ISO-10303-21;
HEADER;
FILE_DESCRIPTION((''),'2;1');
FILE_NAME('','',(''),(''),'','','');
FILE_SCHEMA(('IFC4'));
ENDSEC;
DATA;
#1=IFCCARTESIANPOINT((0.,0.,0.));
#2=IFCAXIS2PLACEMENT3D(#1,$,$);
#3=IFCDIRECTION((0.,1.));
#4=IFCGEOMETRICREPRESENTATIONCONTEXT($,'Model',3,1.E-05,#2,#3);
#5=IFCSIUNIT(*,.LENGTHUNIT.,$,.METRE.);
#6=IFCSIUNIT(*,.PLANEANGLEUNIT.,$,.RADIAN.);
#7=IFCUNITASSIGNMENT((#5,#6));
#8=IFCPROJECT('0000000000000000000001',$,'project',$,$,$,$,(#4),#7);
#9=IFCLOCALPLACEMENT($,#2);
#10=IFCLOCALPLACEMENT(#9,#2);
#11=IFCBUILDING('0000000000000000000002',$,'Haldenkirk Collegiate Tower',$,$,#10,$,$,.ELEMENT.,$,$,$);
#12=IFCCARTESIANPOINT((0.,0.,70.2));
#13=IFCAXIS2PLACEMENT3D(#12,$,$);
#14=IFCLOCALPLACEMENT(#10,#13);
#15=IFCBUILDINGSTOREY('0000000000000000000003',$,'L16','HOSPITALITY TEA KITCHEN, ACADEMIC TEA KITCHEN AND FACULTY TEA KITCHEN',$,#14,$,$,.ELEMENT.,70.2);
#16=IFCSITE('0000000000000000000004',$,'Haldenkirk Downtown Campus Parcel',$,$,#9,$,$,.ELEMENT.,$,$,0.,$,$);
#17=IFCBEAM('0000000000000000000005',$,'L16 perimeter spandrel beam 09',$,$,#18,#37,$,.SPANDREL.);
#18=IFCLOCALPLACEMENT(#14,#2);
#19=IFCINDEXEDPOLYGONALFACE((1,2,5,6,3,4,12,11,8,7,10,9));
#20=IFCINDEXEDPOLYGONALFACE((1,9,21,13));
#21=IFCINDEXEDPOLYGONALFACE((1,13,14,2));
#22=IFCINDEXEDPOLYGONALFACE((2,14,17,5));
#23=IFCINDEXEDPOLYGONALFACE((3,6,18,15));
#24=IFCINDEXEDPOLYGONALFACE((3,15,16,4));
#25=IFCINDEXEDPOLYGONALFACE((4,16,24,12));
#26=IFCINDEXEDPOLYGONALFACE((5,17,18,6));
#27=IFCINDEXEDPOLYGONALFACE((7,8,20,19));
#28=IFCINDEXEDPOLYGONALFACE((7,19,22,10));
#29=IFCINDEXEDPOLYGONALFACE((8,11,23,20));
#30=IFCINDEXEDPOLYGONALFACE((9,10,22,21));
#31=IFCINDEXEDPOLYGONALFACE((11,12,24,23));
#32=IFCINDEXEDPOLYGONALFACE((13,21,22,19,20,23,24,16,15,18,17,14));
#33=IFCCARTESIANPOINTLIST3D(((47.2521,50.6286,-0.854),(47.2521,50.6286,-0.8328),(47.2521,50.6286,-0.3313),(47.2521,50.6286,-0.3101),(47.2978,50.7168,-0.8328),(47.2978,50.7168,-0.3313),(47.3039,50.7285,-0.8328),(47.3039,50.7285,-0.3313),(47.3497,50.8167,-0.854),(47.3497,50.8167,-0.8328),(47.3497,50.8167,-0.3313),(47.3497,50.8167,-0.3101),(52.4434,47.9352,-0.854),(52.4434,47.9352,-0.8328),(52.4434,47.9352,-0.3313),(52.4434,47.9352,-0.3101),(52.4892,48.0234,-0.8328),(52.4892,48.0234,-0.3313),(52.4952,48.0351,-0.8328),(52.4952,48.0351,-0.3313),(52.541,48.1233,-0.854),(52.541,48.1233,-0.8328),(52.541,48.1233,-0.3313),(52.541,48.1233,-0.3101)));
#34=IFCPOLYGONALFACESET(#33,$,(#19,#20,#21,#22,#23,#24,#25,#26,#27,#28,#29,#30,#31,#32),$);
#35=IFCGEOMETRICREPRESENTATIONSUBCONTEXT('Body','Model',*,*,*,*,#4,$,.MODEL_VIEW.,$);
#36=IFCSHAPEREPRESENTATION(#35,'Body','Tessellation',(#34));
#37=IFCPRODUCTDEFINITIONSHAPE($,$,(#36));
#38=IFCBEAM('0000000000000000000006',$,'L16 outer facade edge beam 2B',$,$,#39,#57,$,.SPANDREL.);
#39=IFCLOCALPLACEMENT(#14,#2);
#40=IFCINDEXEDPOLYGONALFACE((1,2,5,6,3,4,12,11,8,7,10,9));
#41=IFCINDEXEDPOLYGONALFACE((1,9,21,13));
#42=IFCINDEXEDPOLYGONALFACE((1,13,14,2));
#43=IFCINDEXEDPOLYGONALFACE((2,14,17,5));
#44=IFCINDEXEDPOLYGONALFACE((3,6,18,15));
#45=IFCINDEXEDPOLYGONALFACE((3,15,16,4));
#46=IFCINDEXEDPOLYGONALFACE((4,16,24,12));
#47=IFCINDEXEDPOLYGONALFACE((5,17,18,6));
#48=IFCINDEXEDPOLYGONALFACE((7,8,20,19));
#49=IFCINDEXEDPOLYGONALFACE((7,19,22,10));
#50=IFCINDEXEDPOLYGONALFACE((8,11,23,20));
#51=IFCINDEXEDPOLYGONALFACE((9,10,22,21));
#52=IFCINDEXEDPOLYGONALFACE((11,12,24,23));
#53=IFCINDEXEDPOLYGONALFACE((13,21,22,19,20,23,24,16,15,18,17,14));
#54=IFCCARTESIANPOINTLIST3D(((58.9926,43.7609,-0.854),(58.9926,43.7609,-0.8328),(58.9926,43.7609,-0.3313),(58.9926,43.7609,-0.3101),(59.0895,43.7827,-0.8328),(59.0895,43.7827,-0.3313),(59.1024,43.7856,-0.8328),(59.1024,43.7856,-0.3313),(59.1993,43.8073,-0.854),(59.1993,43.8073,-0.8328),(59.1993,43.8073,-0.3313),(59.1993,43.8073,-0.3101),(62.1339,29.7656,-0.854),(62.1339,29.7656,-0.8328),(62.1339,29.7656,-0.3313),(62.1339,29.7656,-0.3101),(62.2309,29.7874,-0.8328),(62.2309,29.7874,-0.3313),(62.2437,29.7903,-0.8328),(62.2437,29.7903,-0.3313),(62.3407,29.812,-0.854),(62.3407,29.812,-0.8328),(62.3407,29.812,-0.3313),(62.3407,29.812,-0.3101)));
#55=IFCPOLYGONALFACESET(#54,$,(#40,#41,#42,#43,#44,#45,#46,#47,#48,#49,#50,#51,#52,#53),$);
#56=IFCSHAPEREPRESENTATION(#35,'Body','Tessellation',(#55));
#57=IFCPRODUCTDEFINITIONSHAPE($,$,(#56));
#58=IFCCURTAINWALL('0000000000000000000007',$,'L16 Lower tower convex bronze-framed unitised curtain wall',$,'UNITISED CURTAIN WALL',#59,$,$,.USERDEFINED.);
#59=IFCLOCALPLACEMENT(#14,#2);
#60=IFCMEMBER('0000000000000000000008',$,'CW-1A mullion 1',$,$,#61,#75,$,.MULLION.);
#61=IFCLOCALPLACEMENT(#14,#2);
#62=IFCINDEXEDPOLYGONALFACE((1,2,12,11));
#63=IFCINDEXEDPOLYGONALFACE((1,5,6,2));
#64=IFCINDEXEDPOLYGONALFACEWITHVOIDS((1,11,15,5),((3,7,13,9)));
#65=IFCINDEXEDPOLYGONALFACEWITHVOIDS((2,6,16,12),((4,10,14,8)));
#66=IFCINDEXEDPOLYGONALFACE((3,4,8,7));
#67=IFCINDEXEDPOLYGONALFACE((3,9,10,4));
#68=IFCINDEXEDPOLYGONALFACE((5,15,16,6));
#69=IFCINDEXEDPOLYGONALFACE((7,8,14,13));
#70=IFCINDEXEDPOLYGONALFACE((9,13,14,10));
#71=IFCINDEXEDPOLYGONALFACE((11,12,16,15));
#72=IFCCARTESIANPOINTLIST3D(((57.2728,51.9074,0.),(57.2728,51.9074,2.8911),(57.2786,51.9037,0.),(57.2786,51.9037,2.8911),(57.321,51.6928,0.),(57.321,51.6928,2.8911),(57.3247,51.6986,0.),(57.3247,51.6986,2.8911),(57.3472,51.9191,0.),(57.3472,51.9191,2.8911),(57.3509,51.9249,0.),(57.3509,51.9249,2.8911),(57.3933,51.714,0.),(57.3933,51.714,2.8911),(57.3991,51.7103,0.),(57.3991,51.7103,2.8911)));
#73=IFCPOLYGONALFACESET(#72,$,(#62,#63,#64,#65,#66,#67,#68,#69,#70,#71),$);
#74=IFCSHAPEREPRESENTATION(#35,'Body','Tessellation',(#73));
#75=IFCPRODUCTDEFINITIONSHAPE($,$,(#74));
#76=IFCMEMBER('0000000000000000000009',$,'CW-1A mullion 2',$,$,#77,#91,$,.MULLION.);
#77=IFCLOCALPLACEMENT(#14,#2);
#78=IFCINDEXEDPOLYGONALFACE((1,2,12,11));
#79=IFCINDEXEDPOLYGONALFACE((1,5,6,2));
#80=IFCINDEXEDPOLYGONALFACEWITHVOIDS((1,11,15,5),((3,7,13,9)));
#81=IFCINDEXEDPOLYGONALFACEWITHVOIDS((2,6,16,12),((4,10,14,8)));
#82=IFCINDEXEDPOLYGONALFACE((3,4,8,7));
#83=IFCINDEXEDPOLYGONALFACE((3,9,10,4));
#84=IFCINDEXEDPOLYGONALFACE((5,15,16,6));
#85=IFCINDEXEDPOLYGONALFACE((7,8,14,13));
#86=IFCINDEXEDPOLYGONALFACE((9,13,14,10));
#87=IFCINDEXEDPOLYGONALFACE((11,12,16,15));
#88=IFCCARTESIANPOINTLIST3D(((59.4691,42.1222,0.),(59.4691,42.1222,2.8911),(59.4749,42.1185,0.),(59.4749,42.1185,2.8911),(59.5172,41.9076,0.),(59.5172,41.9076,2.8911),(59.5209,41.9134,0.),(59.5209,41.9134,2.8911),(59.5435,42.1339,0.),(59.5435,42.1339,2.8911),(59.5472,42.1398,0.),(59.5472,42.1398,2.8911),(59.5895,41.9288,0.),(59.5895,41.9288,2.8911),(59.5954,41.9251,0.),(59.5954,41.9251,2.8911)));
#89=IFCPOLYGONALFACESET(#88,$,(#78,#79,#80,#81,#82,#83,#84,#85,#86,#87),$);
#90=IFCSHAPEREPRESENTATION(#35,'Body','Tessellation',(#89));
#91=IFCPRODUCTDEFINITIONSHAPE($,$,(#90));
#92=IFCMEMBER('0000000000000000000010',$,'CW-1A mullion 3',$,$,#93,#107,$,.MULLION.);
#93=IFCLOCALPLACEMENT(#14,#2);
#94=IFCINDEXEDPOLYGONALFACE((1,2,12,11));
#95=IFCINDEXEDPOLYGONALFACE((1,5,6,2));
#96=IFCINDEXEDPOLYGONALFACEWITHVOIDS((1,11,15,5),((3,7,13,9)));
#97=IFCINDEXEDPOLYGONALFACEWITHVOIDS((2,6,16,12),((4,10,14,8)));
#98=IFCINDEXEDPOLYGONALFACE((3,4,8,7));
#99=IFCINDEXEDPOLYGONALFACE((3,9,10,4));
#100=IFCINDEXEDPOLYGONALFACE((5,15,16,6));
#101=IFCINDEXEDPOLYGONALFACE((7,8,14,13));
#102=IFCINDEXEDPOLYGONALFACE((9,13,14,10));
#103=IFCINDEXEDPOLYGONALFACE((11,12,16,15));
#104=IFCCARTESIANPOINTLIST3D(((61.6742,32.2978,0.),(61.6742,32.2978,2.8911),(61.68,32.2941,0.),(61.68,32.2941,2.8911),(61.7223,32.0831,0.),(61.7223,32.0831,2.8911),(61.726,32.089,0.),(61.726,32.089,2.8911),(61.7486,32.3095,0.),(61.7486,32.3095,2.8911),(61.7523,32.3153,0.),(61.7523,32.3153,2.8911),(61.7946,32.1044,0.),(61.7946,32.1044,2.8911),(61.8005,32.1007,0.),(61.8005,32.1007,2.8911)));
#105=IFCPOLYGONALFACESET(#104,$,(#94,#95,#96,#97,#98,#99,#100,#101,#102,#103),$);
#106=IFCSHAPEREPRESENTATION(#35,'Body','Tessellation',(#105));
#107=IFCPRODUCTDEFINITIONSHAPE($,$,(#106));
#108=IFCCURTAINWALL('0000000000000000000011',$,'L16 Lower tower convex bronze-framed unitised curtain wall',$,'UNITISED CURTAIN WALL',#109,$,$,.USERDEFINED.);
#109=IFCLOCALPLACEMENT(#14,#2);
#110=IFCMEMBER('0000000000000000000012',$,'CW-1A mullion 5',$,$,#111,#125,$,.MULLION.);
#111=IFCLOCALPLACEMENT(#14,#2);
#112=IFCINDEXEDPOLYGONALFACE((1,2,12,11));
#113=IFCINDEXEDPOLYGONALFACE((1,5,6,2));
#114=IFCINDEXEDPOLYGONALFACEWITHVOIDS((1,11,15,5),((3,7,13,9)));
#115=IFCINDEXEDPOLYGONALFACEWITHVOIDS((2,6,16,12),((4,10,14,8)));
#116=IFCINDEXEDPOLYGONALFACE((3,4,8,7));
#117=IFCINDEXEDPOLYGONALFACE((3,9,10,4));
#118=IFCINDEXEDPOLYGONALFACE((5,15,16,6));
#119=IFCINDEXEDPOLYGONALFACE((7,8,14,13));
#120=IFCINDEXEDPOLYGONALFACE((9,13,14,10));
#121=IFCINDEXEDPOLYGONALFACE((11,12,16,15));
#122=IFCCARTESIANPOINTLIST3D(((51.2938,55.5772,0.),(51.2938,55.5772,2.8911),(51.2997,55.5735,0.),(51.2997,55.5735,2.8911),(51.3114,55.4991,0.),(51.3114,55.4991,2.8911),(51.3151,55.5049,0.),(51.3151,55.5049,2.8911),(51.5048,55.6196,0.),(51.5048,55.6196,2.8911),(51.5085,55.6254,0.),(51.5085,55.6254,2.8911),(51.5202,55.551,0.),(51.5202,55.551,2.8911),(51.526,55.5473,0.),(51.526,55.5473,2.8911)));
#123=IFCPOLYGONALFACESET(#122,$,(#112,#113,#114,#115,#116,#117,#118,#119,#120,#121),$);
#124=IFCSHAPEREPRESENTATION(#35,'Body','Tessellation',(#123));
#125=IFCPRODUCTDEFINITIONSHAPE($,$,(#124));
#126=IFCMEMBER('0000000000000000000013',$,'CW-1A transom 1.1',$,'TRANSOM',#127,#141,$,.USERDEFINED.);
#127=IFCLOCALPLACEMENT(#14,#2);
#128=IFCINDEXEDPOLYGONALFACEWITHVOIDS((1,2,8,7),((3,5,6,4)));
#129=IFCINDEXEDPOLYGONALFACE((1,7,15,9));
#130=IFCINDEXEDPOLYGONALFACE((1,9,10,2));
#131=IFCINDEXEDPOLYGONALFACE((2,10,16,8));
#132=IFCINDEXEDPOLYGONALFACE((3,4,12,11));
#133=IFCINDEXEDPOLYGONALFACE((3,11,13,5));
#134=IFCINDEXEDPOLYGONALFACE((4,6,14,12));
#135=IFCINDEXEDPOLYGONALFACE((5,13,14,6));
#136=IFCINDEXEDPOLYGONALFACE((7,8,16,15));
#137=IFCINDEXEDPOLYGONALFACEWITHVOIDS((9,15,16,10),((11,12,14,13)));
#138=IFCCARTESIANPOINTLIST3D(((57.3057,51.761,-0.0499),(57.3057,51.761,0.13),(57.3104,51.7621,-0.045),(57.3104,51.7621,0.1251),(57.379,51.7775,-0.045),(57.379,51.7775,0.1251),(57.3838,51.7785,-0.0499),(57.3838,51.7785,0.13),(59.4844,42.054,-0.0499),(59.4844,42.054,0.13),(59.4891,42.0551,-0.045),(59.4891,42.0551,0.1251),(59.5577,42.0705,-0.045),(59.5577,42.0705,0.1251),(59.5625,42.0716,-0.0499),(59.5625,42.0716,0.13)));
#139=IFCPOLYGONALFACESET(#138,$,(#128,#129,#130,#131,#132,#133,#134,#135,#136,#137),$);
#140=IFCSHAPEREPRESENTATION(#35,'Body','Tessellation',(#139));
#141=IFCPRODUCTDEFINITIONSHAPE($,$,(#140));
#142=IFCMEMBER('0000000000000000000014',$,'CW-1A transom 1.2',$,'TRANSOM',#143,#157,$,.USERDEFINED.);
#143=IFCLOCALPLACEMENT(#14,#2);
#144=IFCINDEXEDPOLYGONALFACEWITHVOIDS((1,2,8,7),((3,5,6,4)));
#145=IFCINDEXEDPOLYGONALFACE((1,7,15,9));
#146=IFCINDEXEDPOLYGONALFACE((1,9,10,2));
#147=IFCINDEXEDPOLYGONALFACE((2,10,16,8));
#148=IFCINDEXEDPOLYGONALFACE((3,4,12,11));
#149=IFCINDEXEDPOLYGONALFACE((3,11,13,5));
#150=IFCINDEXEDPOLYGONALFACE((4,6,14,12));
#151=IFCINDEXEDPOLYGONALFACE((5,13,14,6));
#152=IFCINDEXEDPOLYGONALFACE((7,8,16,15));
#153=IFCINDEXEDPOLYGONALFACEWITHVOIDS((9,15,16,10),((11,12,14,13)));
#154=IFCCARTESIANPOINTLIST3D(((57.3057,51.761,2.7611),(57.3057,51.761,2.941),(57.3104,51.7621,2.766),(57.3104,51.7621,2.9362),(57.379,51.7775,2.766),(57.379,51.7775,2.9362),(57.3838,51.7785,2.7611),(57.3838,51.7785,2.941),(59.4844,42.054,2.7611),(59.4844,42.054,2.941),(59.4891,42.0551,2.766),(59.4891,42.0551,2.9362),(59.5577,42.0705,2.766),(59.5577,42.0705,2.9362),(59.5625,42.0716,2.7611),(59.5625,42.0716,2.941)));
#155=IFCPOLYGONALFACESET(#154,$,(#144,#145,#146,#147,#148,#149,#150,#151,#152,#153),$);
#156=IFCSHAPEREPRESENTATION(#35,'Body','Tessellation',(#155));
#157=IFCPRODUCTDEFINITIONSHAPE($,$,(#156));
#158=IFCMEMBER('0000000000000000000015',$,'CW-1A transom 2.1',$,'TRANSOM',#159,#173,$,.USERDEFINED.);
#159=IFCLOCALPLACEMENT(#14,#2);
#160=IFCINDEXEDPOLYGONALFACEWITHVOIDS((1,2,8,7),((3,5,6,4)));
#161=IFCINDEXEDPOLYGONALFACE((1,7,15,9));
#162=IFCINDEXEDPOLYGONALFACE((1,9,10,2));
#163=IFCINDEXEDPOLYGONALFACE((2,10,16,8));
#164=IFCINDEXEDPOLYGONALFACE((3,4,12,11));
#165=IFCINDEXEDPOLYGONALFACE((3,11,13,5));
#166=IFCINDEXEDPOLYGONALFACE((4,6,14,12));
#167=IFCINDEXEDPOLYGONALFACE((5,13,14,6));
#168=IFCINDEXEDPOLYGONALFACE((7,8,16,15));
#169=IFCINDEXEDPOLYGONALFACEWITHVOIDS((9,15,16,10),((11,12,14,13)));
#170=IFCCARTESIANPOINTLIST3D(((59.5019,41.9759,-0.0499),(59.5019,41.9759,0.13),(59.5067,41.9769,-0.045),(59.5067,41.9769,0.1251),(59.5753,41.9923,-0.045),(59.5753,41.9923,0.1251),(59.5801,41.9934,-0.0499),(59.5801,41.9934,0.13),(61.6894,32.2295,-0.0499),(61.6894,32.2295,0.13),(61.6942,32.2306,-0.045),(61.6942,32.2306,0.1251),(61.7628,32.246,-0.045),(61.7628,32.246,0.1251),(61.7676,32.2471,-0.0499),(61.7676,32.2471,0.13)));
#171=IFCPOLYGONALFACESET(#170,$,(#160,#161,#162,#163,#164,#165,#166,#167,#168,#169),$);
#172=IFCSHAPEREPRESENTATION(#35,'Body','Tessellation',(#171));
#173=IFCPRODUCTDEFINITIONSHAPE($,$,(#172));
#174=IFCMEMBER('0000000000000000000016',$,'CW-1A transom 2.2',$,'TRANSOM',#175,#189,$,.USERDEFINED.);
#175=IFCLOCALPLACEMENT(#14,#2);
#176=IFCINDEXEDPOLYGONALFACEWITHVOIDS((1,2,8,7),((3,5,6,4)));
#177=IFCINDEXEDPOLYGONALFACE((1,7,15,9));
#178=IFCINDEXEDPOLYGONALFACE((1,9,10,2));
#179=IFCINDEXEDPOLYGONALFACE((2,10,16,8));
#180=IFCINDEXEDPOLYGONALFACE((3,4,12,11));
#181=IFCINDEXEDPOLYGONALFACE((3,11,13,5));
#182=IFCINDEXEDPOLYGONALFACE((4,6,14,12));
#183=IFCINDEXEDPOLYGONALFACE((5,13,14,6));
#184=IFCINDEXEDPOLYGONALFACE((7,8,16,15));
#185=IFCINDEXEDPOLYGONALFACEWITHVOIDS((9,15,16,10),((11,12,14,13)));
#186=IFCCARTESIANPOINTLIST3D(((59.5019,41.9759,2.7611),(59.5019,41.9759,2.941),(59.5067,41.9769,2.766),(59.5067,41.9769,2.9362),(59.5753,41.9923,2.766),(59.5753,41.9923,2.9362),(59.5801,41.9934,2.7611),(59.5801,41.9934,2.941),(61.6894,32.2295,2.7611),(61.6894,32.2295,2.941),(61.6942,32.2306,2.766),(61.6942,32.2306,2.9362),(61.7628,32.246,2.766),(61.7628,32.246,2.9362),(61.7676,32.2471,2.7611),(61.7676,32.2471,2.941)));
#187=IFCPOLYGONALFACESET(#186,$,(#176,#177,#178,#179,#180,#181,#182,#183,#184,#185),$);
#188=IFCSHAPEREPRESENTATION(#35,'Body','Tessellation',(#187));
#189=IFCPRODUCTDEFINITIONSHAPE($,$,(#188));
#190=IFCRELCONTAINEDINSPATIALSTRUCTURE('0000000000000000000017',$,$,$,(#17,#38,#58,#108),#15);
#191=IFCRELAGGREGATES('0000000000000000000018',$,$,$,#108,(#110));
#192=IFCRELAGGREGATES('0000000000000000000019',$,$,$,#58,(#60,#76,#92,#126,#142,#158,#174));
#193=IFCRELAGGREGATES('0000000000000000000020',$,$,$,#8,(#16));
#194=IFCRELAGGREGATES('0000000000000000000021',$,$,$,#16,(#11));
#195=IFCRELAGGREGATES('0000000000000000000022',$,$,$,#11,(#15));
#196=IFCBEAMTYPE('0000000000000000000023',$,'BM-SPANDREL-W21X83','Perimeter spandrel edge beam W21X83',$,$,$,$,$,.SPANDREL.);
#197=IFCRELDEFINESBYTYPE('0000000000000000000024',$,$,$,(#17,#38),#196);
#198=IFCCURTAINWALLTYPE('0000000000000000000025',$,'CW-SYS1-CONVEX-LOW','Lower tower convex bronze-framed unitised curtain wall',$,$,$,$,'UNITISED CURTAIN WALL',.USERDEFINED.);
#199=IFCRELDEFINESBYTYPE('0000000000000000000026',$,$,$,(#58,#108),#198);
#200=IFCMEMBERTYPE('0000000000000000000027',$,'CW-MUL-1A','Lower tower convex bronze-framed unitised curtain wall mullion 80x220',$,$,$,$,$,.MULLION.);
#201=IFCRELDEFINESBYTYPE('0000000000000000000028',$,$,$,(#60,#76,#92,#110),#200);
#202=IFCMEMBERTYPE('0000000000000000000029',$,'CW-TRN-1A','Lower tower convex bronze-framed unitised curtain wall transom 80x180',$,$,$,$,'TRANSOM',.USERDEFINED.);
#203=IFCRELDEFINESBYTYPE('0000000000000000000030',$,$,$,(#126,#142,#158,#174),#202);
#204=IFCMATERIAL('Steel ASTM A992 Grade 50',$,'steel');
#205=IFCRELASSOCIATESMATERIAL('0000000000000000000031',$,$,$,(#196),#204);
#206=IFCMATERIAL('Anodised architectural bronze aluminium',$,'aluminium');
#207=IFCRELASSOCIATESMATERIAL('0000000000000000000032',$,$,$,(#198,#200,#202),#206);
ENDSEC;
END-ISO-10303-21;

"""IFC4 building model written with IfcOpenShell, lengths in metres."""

from ifc_helpers import new_model, si_unit, direction, frame, origin, origin_2d, place, context, subcontext, project, spatial, hollow_rectangle, i_section, extrude, material, material_profile, profile_set, type_object, element, aggregate, save


model = new_model("IFC4")

# Units and contexts
model_context = context("Model", 3, precision=1e-05, world=origin(), true_north=direction((0.0, 1.0)))
body_context = subcontext(model_context, "Body", "Model", "MODEL_VIEW")
ifc_project = project(units=[si_unit("LENGTHUNIT", "METRE"), si_unit("PLANEANGLEUNIT", "RADIAN")], contexts=[model_context])

# Site, building, storey
site_placement = place(None, origin())
site = spatial("IfcSite", under=ifc_project, at=site_placement, Name="Haldenkirk Downtown Campus Parcel", CompositionType="ELEMENT", RefElevation=0.0)
building_placement = place(site_placement, origin())
building = spatial("IfcBuilding", under=site, at=building_placement, Name="Haldenkirk Collegiate Tower", CompositionType="ELEMENT")
storey_placement = place(building_placement, frame((0.0, 0.0, 70.2)))
storey = spatial("IfcBuildingStorey", under=building, at=storey_placement, Name="L16", Description="HOSPITALITY TEA KITCHEN, ACADEMIC TEA KITCHEN AND FACULTY TEA KITCHEN", CompositionType="ELEMENT", Elevation=70.2)

# Beams
ifc_material_1 = material(Name="Steel ASTM A992 Grade 50", Category="steel")
ifc_material_profile_1 = material_profile(ifc_material_1, i_section(OverallWidth=0.2119, OverallDepth=0.5439, WebThickness=0.0132, FlangeThickness=0.0212, at=origin_2d()), Name="W21X83")
ifc_profile_set_1 = profile_set([ifc_material_profile_1], Name="Steel ASTM A992 Grade 50")
beam_type_1 = type_object("IfcBeamType", Name="BM-SPANDREL-W21X83", Description="Perimeter spandrel edge beam W21X83", PredefinedType="SPANDREL", material=ifc_profile_set_1)
beam_1_placement = place(storey_placement, frame((52.4922, 48.0293, -0.582), z_axis=(-0.887648, 0.460522, 0.0), x_axis=(-0.460522, -0.887648, 0.0)))
element("IfcBeam", 1, at=beam_1_placement, inside=storey, type_object=beam_type_1, Name="L16 perimeter spandrel beam 09", PredefinedType="SPANDREL", context=body_context, shape_type="SweptSolid", body=[
    extrude(i_section(OverallWidth=0.2119, OverallDepth=0.5439, WebThickness=0.0132, FlangeThickness=0.0212, at=origin_2d()), origin(), (0.0, 0.0, 1.0), 5.8484),
])
beam_2_placement = place(storey_placement, frame((62.2373, 29.7888, -0.582), z_axis=(-0.219008, 0.975723, 0.0), x_axis=(-0.975723, -0.219008, 0.0)))
element("IfcBeam", 2, at=beam_2_placement, inside=storey, type_object=beam_type_1, Name="L16 outer facade edge beam 2B", PredefinedType="SPANDREL", context=body_context, shape_type="SweptSolid", body=[
    extrude(i_section(OverallWidth=0.2119, OverallDepth=0.5439, WebThickness=0.0132, FlangeThickness=0.0212, at=origin_2d()), origin(), (0.0, 0.0, 1.0), 14.3435),
])

# Curtain wall, members
ifc_material_2 = material(Name="Anodised architectural bronze aluminium", Category="aluminium")
curtain_wall_type = type_object("IfcCurtainWallType", Name="CW-SYS1-CONVEX-LOW", Description="Lower tower convex bronze-framed unitised curtain wall", ElementType="UNITISED CURTAIN WALL", PredefinedType="USERDEFINED", material=ifc_material_2)
curtain_wall_1_placement = place(storey_placement, origin())
curtain_wall_1 = element("IfcCurtainWall", 3, at=curtain_wall_1_placement, inside=storey, type_object=curtain_wall_type, Name="L16 Lower tower convex bronze-framed unitised curtain wall", ObjectType="UNITISED CURTAIN WALL", PredefinedType="USERDEFINED")
ifc_material_profile_2 = material_profile(ifc_material_2, hollow_rectangle(XDim=0.0801, YDim=0.22, WallThickness=0.0049, at=origin_2d()), Name="CW-MUL-1A")
ifc_profile_set_2 = profile_set([ifc_material_profile_2], Name="Anodised architectural bronze aluminium")
member_type_1 = type_object("IfcMemberType", Name="CW-MUL-1A", Description="Lower tower convex bronze-framed unitised curtain wall mullion 80x220", PredefinedType="MULLION", material=ifc_profile_set_2)
member_1_placement = place(storey_placement, frame((57.3359, 51.8088, 0.0), z_axis=(0.0, 0.0, 1.0), x_axis=(0.975726, 0.218995, 0.0)))
member_1 = element("IfcMember", 4, at=member_1_placement, type_object=member_type_1, Name="CW-1A mullion 1", PredefinedType="MULLION", context=body_context, shape_type="SweptSolid", body=[
    extrude(hollow_rectangle(XDim=0.0801, YDim=0.22, WallThickness=0.0049, at=origin_2d()), origin(), (0.0, 0.0, 1.0), 2.8911),
])
member_2_placement = place(storey_placement, frame((59.5322, 42.0237, 0.0), z_axis=(0.0, 0.0, 1.0), x_axis=(0.975726, 0.218995, 0.0)))
member_2 = element("IfcMember", 5, at=member_2_placement, type_object=member_type_1, Name="CW-1A mullion 2", PredefinedType="MULLION", context=body_context, shape_type="SweptSolid", body=[
    extrude(hollow_rectangle(XDim=0.0801, YDim=0.22, WallThickness=0.0049, at=origin_2d()), origin(), (0.0, 0.0, 1.0), 2.8911),
])
member_3_placement = place(storey_placement, frame((61.7373, 32.1992, 0.0), z_axis=(0.0, 0.0, 1.0), x_axis=(0.975726, 0.218995, 0.0)))
member_3 = element("IfcMember", 6, at=member_3_placement, type_object=member_type_1, Name="CW-1A mullion 3", PredefinedType="MULLION", context=body_context, shape_type="SweptSolid", body=[
    extrude(hollow_rectangle(XDim=0.0801, YDim=0.22, WallThickness=0.0049, at=origin_2d()), origin(), (0.0, 0.0, 1.0), 2.8911),
])

# Curtain wall, member
curtain_wall_2_placement = place(storey_placement, origin())
curtain_wall_2 = element("IfcCurtainWall", 7, at=curtain_wall_2_placement, inside=storey, type_object=curtain_wall_type, Name="L16 Lower tower convex bronze-framed unitised curtain wall", ObjectType="UNITISED CURTAIN WALL", PredefinedType="USERDEFINED")
member_4_placement = place(storey_placement, frame((51.4099, 55.5623, 0.0), z_axis=(0.0, 0.0, 1.0), x_axis=(-0.218996, 0.975726, 0.0)))
member_4 = element("IfcMember", 8, at=member_4_placement, type_object=member_type_1, Name="CW-1A mullion 5", PredefinedType="MULLION", context=body_context, shape_type="SweptSolid", body=[
    extrude(hollow_rectangle(XDim=0.0801, YDim=0.22, WallThickness=0.0049, at=origin_2d()), origin(), (0.0, 0.0, 1.0), 2.8911),
])
aggregate(curtain_wall_2, [member_4])

# Members
ifc_material_profile_3 = material_profile(ifc_material_2, hollow_rectangle(XDim=0.0801, YDim=0.1799, WallThickness=0.0049, at=origin_2d()), Name="CW-TRN-1A")
ifc_profile_set_3 = profile_set([ifc_material_profile_3], Name="Anodised architectural bronze aluminium")
member_type_2 = type_object("IfcMemberType", Name="CW-TRN-1A", Description="Lower tower convex bronze-framed unitised curtain wall transom 80x180", ElementType="TRANSOM", PredefinedType="USERDEFINED", material=ifc_profile_set_3)
member_5_placement = place(storey_placement, frame((57.3447, 51.7698, 0.04), z_axis=(0.218998, -0.975725, 0.0), x_axis=(0.975725, 0.218998, 0.0)))
member_5 = element("IfcMember", 9, at=member_5_placement, type_object=member_type_2, Name="CW-1A transom 1.1", ObjectType="TRANSOM", PredefinedType="USERDEFINED", context=body_context, shape_type="SweptSolid", body=[
    extrude(hollow_rectangle(XDim=0.0801, YDim=0.1799, WallThickness=0.0049, at=origin_2d()), origin(), (0.0, 0.0, 1.0), 9.9485),
])
member_6_placement = place(storey_placement, frame((57.3447, 51.7698, 2.8511), z_axis=(0.218998, -0.975725, 0.0), x_axis=(0.975725, 0.218998, 0.0)))
member_6 = element("IfcMember", 10, at=member_6_placement, type_object=member_type_2, Name="CW-1A transom 1.2", ObjectType="TRANSOM", PredefinedType="USERDEFINED", context=body_context, shape_type="SweptSolid", body=[
    extrude(hollow_rectangle(XDim=0.0801, YDim=0.1799, WallThickness=0.0049, at=origin_2d()), origin(), (0.0, 0.0, 1.0), 9.9485),
])
member_7_placement = place(storey_placement, frame((59.541, 41.9846, 0.04), z_axis=(0.218995, -0.975726, 0.0), x_axis=(0.975726, 0.218995, 0.0)))
member_7 = element("IfcMember", 11, at=member_7_placement, type_object=member_type_2, Name="CW-1A transom 2.1", ObjectType="TRANSOM", PredefinedType="USERDEFINED", context=body_context, shape_type="SweptSolid", body=[
    extrude(hollow_rectangle(XDim=0.0801, YDim=0.1799, WallThickness=0.0049, at=origin_2d()), origin(), (0.0, 0.0, 1.0), 9.9888),
])
member_8_placement = place(storey_placement, frame((59.541, 41.9846, 2.8511), z_axis=(0.218995, -0.975726, 0.0), x_axis=(0.975726, 0.218995, 0.0)))
member_8 = element("IfcMember", 12, at=member_8_placement, type_object=member_type_2, Name="CW-1A transom 2.2", ObjectType="TRANSOM", PredefinedType="USERDEFINED", context=body_context, shape_type="SweptSolid", body=[
    extrude(hollow_rectangle(XDim=0.0801, YDim=0.1799, WallThickness=0.0049, at=origin_2d()), origin(), (0.0, 0.0, 1.0), 9.9888),
])

aggregate(curtain_wall_1, [member_1, member_2, member_3, member_5, member_6, member_7, member_8])

save(model, "model.ifc")
